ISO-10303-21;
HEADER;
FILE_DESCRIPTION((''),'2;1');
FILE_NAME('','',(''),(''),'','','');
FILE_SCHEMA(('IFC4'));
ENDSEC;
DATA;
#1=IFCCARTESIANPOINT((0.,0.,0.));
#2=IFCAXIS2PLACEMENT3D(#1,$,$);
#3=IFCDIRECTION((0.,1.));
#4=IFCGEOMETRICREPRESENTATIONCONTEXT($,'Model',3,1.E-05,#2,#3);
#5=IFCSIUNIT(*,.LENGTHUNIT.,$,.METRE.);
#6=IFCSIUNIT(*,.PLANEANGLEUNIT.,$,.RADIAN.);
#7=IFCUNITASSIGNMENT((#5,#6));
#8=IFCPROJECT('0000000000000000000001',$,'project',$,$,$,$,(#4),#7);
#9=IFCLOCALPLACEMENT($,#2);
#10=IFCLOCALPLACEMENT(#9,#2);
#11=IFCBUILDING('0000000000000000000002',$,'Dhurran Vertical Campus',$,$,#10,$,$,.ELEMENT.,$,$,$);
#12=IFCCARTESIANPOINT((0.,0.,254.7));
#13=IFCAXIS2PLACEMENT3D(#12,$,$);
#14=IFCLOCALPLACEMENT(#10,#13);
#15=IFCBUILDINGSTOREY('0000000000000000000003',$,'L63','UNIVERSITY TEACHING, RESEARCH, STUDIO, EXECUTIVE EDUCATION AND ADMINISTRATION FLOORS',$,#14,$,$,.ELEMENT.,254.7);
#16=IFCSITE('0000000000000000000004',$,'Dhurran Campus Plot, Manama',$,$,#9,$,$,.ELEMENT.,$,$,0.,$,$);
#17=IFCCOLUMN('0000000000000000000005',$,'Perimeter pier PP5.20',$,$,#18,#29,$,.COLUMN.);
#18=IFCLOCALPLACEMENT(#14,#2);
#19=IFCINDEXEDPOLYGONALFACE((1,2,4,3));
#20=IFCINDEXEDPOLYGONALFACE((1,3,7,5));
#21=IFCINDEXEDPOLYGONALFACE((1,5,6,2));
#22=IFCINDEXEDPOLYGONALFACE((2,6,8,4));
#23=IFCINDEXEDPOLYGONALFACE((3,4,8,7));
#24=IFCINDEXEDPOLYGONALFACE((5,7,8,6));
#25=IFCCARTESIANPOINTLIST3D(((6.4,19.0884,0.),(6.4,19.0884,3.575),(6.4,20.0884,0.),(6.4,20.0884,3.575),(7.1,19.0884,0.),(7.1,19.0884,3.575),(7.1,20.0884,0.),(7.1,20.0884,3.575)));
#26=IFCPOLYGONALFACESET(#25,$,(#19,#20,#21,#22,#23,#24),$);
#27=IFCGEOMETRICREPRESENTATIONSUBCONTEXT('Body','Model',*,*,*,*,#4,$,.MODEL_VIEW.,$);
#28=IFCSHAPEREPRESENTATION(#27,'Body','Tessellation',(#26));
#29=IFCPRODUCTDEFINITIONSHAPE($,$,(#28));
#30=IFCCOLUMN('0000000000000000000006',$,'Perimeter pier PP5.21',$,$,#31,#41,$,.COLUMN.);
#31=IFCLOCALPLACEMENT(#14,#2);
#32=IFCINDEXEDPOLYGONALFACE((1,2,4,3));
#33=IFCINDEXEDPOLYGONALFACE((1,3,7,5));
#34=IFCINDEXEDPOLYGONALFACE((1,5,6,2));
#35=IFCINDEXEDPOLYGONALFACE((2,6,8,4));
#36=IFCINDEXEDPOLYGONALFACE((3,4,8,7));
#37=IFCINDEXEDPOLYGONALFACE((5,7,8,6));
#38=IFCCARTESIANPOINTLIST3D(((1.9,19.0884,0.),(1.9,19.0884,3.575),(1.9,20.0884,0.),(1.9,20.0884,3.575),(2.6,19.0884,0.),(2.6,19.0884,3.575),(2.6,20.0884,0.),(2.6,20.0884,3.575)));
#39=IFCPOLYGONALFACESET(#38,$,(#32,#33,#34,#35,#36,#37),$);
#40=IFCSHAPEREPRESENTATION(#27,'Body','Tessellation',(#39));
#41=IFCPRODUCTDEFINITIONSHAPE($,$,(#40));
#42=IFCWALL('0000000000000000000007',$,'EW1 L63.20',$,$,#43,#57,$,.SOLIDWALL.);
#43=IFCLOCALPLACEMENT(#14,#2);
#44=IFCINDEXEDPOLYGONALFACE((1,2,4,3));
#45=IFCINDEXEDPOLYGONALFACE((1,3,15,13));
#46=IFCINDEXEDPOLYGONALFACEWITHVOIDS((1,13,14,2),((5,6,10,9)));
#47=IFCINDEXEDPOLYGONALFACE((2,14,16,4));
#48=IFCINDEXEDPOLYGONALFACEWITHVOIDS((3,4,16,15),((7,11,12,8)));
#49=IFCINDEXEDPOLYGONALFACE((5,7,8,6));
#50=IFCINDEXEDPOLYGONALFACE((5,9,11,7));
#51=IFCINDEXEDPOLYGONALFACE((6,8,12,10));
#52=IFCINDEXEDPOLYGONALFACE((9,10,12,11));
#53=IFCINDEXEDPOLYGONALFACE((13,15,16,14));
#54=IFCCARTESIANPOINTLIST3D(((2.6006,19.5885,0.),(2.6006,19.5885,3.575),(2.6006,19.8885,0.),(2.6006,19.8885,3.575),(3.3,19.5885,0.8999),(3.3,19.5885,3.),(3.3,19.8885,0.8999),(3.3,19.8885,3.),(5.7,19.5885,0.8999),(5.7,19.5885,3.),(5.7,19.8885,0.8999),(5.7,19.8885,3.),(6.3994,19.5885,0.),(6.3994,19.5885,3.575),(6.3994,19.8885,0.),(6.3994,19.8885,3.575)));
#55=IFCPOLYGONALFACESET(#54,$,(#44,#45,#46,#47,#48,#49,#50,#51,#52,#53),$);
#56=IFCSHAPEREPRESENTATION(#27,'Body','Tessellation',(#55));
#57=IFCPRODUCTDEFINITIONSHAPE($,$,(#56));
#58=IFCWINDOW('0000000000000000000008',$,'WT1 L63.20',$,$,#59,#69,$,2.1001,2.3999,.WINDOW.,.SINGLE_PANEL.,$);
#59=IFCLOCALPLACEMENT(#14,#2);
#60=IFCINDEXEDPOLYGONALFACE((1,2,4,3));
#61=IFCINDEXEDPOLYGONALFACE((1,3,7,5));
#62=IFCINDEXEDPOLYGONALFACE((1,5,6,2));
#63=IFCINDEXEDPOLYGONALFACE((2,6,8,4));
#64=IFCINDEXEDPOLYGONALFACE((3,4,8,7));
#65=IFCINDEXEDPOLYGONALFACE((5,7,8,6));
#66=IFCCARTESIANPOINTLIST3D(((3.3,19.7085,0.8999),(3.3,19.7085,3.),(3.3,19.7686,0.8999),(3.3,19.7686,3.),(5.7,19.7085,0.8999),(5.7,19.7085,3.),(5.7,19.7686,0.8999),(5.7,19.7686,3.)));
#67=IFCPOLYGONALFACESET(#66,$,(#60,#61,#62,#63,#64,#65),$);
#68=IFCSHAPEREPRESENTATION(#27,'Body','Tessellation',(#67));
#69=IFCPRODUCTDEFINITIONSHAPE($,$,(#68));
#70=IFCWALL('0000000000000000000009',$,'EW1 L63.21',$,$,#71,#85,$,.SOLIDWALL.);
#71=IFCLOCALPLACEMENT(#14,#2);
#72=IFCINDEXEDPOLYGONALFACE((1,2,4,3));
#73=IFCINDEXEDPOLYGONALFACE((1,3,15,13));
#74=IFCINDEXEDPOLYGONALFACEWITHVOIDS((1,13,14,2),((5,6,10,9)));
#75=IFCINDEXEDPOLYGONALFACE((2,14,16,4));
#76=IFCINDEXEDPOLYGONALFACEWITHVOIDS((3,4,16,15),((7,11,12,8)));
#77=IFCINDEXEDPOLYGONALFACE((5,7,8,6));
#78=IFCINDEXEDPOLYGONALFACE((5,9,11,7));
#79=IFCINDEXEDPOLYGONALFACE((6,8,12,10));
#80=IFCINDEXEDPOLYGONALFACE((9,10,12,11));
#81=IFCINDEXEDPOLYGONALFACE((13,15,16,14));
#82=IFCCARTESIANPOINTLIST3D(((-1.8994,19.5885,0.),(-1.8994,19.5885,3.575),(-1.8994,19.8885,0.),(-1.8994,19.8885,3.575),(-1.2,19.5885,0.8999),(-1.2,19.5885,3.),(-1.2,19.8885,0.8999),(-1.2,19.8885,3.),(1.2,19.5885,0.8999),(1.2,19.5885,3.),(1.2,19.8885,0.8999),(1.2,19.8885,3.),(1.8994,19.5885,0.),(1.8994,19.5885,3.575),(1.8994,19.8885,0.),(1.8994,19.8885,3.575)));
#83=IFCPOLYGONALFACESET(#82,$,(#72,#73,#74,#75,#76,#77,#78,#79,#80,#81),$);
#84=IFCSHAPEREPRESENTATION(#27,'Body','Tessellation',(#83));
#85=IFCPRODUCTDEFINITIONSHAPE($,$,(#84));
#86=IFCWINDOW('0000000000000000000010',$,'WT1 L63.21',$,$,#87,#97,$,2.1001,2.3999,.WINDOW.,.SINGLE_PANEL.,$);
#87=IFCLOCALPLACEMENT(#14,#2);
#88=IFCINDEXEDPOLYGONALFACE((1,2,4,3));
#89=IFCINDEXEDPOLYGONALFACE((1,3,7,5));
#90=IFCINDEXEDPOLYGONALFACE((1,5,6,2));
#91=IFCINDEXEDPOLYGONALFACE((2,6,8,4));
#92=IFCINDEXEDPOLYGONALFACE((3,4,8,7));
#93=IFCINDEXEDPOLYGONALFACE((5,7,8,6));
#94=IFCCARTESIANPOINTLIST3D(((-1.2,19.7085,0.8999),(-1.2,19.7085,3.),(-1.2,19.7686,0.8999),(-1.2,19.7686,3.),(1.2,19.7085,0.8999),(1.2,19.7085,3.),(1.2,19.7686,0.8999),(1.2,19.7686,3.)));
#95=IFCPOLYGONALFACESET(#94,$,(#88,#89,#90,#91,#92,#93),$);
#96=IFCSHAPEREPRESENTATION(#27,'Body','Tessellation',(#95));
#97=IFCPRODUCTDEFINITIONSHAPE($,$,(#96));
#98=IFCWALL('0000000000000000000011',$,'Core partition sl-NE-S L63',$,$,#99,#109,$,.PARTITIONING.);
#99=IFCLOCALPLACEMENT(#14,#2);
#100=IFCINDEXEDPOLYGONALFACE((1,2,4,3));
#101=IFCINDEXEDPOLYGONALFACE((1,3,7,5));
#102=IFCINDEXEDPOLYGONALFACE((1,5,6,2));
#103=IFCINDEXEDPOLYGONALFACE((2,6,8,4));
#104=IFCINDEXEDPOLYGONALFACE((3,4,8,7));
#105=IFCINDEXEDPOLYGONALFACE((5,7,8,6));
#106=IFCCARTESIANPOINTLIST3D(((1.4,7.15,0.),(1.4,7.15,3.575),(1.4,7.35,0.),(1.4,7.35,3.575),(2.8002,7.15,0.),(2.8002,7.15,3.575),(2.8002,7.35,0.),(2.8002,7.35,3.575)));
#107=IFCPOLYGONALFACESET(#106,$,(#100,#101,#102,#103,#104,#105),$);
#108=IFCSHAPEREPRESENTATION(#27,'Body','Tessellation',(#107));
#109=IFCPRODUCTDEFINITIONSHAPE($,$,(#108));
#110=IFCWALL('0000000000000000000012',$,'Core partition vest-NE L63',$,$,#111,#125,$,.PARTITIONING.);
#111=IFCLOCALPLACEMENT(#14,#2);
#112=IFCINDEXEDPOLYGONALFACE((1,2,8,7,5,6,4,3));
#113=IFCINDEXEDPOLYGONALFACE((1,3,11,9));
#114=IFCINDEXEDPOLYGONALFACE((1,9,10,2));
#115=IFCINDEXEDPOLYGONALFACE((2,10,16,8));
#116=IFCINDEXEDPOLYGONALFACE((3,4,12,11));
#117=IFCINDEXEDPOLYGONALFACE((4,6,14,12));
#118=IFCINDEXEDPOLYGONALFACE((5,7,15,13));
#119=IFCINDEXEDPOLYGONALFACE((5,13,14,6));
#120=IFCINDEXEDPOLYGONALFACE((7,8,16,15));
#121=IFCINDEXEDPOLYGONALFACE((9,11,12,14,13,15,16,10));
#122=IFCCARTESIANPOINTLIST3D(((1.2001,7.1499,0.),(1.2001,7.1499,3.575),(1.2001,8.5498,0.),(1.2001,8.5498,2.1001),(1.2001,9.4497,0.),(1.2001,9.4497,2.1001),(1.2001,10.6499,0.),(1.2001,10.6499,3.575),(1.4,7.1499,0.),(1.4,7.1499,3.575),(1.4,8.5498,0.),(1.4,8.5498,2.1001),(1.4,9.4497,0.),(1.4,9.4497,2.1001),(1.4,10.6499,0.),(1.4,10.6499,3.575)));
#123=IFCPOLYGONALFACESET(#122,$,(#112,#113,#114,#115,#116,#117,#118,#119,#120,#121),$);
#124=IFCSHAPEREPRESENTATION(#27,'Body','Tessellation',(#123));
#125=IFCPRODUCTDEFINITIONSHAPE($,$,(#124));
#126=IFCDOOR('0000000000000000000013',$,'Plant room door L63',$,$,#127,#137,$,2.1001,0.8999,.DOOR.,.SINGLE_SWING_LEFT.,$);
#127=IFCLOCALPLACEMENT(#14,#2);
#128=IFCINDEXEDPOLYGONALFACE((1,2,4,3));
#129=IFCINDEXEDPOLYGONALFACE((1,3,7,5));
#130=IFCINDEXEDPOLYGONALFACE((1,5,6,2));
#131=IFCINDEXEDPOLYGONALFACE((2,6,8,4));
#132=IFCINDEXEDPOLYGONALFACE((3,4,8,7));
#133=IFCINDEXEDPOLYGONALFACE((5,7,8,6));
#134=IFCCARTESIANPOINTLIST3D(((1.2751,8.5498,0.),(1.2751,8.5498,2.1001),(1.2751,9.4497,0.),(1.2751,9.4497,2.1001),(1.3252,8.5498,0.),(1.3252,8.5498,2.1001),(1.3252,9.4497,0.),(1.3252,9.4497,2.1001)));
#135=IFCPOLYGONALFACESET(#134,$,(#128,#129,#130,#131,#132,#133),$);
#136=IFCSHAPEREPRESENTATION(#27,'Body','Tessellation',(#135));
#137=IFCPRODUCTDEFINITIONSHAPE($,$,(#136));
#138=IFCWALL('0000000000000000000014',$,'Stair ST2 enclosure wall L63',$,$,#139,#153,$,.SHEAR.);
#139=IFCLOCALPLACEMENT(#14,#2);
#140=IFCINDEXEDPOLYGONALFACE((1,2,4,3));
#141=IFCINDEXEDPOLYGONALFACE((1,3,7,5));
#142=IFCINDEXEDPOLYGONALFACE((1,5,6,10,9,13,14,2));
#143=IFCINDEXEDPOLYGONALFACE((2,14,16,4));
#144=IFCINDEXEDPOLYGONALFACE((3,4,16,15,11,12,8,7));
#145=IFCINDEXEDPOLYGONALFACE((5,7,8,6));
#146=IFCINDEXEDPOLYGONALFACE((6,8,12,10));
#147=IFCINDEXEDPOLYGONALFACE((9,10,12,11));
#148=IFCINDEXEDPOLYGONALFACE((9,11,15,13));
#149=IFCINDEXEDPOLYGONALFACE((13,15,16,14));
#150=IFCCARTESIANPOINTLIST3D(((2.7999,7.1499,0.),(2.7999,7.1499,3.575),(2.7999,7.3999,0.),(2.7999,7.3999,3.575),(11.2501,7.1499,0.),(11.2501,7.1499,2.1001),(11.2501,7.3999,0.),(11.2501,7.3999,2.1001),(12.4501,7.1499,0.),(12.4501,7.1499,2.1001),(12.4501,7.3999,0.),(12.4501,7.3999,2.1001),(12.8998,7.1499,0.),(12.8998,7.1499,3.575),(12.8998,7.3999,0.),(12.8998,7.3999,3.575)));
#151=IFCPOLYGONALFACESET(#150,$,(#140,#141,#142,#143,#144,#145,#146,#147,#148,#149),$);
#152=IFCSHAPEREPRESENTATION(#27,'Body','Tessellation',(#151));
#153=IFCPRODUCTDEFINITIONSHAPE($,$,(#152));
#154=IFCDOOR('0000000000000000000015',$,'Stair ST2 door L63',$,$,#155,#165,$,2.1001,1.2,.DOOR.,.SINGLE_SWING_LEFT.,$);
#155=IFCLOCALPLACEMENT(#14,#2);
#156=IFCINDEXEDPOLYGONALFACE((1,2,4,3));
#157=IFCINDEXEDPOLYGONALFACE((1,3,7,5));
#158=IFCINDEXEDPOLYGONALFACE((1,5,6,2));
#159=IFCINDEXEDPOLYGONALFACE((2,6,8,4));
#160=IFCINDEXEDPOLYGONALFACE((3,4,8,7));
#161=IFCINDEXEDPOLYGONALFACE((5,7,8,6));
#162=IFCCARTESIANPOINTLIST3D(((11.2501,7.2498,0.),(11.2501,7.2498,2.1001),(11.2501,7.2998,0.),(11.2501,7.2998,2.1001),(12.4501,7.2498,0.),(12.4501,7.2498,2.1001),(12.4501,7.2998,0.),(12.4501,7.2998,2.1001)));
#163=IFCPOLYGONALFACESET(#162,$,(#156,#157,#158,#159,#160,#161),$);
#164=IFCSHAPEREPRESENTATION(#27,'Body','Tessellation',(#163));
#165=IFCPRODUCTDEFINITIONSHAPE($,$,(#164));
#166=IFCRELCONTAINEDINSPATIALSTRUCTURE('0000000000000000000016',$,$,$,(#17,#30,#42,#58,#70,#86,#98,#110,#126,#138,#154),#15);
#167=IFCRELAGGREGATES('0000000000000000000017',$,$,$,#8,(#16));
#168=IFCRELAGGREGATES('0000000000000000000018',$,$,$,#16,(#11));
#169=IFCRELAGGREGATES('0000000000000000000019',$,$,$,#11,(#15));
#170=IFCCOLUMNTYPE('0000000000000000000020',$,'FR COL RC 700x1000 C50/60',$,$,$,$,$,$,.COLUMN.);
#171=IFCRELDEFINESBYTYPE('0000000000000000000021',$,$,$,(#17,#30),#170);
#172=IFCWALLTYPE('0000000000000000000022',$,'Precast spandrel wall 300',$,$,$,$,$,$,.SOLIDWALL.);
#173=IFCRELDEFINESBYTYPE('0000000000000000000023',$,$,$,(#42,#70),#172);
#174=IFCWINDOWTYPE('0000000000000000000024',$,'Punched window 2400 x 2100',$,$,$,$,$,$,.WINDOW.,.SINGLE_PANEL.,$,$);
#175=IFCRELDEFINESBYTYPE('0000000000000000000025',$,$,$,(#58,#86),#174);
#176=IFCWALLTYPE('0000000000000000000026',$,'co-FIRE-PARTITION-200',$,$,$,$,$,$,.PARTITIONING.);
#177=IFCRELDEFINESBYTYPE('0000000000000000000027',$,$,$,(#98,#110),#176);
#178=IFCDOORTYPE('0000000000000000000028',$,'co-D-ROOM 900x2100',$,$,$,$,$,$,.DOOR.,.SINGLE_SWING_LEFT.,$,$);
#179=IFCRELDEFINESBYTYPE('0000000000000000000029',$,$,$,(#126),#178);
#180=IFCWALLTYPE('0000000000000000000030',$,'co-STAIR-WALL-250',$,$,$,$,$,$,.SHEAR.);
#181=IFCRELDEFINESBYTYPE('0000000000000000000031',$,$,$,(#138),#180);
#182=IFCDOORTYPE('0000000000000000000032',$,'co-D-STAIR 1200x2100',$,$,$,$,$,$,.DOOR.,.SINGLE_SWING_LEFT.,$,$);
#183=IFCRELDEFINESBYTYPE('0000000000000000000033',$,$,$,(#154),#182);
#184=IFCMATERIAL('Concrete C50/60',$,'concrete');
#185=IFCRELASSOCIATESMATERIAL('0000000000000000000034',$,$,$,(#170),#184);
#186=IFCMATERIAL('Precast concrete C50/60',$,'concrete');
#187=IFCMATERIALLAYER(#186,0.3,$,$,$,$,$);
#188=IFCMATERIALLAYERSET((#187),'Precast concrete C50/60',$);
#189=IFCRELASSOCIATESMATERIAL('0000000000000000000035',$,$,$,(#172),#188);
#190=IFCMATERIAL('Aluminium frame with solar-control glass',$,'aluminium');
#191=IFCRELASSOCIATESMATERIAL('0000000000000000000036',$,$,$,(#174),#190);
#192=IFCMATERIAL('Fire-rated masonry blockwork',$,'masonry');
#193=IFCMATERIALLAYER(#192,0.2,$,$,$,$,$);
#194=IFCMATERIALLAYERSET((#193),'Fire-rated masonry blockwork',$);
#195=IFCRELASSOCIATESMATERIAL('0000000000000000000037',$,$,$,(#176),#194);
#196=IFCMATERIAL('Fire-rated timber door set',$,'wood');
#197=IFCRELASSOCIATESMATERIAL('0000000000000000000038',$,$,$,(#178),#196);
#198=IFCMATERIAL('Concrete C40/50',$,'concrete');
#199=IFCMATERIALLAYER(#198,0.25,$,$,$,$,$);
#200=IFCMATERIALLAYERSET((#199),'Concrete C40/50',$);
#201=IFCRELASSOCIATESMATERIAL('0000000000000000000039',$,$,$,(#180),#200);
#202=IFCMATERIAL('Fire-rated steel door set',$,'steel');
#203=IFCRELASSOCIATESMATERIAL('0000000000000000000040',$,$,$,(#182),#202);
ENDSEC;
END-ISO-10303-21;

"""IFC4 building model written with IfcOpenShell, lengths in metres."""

from ifc_helpers import new_model, si_unit, direction, frame, frame_2d, origin, origin_2d, place, context, subcontext, project, spatial, rectangle, extrude, material, layer, layer_set, material_profile, profile_set, type_object, element, fill, save


model = new_model("IFC4")

# Units and contexts
model_context = context("Model", 3, precision=1e-05, world=origin(), true_north=direction((0.0, 1.0)))
body_context = subcontext(model_context, "Body", "Model", "MODEL_VIEW")
ifc_project = project(units=[si_unit("LENGTHUNIT", "METRE"), si_unit("PLANEANGLEUNIT", "RADIAN")], contexts=[model_context])

# Site, building, storey
site_placement = place(None, origin())
site = spatial("IfcSite", under=ifc_project, at=site_placement, Name="Dhurran Campus Plot, Manama", CompositionType="ELEMENT", RefElevation=0.0)
building_placement = place(site_placement, origin())
building = spatial("IfcBuilding", under=site, at=building_placement, Name="Dhurran Vertical Campus", CompositionType="ELEMENT")
storey_placement = place(building_placement, frame((0.0, 0.0, 254.7)))
storey = spatial("IfcBuildingStorey", under=building, at=storey_placement, Name="L63", Description="UNIVERSITY TEACHING, RESEARCH, STUDIO, EXECUTIVE EDUCATION AND ADMINISTRATION FLOORS", CompositionType="ELEMENT", Elevation=254.7)

# Columns
ifc_material_1 = material(Name="Concrete C50/60", Category="concrete")
ifc_material_profile = material_profile(ifc_material_1, rectangle(XDim=0.7, YDim=1.0, at=origin_2d()), Name="RC 700x1000")
ifc_profile_set = profile_set([ifc_material_profile], Name="Concrete C50/60")
column_type = type_object("IfcColumnType", Name="FR COL RC 700x1000 C50/60", PredefinedType="COLUMN", material=ifc_profile_set)
for number, where, z_axis, x_axis, name in (
    (1, (6.75, 19.5884, 0.0), (0.0, 0.0, 1.0), (-1.0, 0.0, 0.0), "Perimeter pier PP5.20"),
    (2, (2.25, 19.5884, 0.0), (0.0, 0.0, 1.0), (-1.0, 0.0, 0.0), "Perimeter pier PP5.21"),
):
    element("IfcColumn", number, at=place(storey_placement, frame(where, z_axis=z_axis, x_axis=x_axis)), inside=storey, type_object=column_type, Name=name, PredefinedType="COLUMN", context=body_context, shape_type="SweptSolid", body=[
        extrude(rectangle(XDim=0.7, YDim=1.0, at=origin_2d()), origin(), (0.0, 0.0, 1.0), 3.575),
    ])

# Walls, openings, windows
ifc_material_2 = material(Name="Precast concrete C50/60", Category="concrete")
ifc_layer_1 = layer(ifc_material_2, 0.3)
ifc_layer_set_1 = layer_set([ifc_layer_1], Name="Precast concrete C50/60")
wall_type_1 = type_object("IfcWallType", Name="Precast spandrel wall 300", PredefinedType="SOLIDWALL", material=ifc_layer_set_1)
wall_1_placement = place(storey_placement, frame((6.3994, 19.7385, 0.0), z_axis=(0.0, 0.0, 1.0), x_axis=(-1.0, 0.0, 0.0)))
wall_1 = element("IfcWall", 3, at=wall_1_placement, inside=storey, type_object=wall_type_1, Name="EW1 L63.20", PredefinedType="SOLIDWALL", context=body_context, shape_type="SweptSolid", body=[
    extrude(rectangle(XDim=3.7988, YDim=0.3, at=frame_2d((1.8994, 0.0))), origin(), (0.0, 0.0, 1.0), 3.575),
])
opening_1_placement = place(wall_1_placement, frame((0.6995, 0.0, 0.8999)))
opening_1 = element("IfcOpeningElement", 4, at=opening_1_placement, cuts=wall_1, PredefinedType="OPENING", context=body_context, shape_type="SweptSolid", body=[
    extrude(rectangle(XDim=2.3999, YDim=2.1001, at=frame_2d((1.2, 1.05))), frame((0.0, 0.1599, 0.0), z_axis=(0.0, -1.0, 0.0), x_axis=(1.0, 0.0, 0.0)), (0.0, 0.0, 1.0), 0.3201),
])
ifc_material_3 = material(Name="Aluminium frame with solar-control glass", Category="aluminium")
window_type = type_object("IfcWindowType", Name="Punched window 2400 x 2100", PartitioningType="SINGLE_PANEL", PredefinedType="WINDOW", material=ifc_material_3)
window_1_placement = place(opening_1_placement, origin())
window_1 = element("IfcWindow", 5, at=window_1_placement, inside=storey, type_object=window_type, Name="WT1 L63.20", OverallHeight=2.1001, OverallWidth=2.3999, PartitioningType="SINGLE_PANEL", PredefinedType="WINDOW", context=body_context, shape_type="SweptSolid", body=[
    extrude(rectangle(XDim=2.3999, YDim=2.1001, at=frame_2d((1.2, 1.05))), frame((0.0, 0.03, 0.0), z_axis=(0.0, -1.0, 0.0), x_axis=(1.0, 0.0, 0.0)), (0.0, 0.0, 1.0), 0.0601),
])
fill(opening_1, window_1)
wall_2_placement = place(storey_placement, frame((1.8994, 19.7385, 0.0), z_axis=(0.0, 0.0, 1.0), x_axis=(-1.0, 0.0, 0.0)))
wall_2 = element("IfcWall", 6, at=wall_2_placement, inside=storey, type_object=wall_type_1, Name="EW1 L63.21", PredefinedType="SOLIDWALL", context=body_context, shape_type="SweptSolid", body=[
    extrude(rectangle(XDim=3.7988, YDim=0.3, at=frame_2d((1.8994, 0.0))), origin(), (0.0, 0.0, 1.0), 3.575),
])
opening_2_placement = place(wall_2_placement, frame((0.6995, 0.0, 0.8999)))
opening_2 = element("IfcOpeningElement", 7, at=opening_2_placement, cuts=wall_2, PredefinedType="OPENING", context=body_context, shape_type="SweptSolid", body=[
    extrude(rectangle(XDim=2.3999, YDim=2.1001, at=frame_2d((1.2, 1.05))), frame((0.0, 0.1599, 0.0), z_axis=(0.0, -1.0, 0.0), x_axis=(1.0, 0.0, 0.0)), (0.0, 0.0, 1.0), 0.3201),
])
window_2_placement = place(opening_2_placement, origin())
window_2 = element("IfcWindow", 8, at=window_2_placement, inside=storey, type_object=window_type, Name="WT1 L63.21", OverallHeight=2.1001, OverallWidth=2.3999, PartitioningType="SINGLE_PANEL", PredefinedType="WINDOW", context=body_context, shape_type="SweptSolid", body=[
    extrude(rectangle(XDim=2.3999, YDim=2.1001, at=frame_2d((1.2, 1.05))), frame((0.0, 0.03, 0.0), z_axis=(0.0, -1.0, 0.0), x_axis=(1.0, 0.0, 0.0)), (0.0, 0.0, 1.0), 0.0601),
])
fill(opening_2, window_2)

# Wall
ifc_material_4 = material(Name="Fire-rated masonry blockwork", Category="masonry")
ifc_layer_2 = layer(ifc_material_4, 0.2)
ifc_layer_set_2 = layer_set([ifc_layer_2], Name="Fire-rated masonry blockwork")
wall_type_2 = type_object("IfcWallType", Name="co-FIRE-PARTITION-200", PredefinedType="PARTITIONING", material=ifc_layer_set_2)
wall_3_placement = place(storey_placement, frame((1.3999, 7.25, 0.0), z_axis=(0.0, 0.0, 1.0), x_axis=(1.0, 0.0, 0.0)))
element("IfcWall", 9, at=wall_3_placement, inside=storey, type_object=wall_type_2, Name="Core partition sl-NE-S L63", PredefinedType="PARTITIONING", context=body_context, shape_type="SweptSolid", body=[
    extrude(rectangle(XDim=1.4001, YDim=0.2, at=frame_2d((0.7002, 0.0))), origin(), (0.0, 0.0, 1.0), 3.575),
])

# Walls, openings, doors
wall_4_placement = place(storey_placement, frame((1.3, 7.1499, 0.0), z_axis=(0.0, 0.0, 1.0), x_axis=(0.0, 1.0, 0.0)))
wall_4 = element("IfcWall", 10, at=wall_4_placement, inside=storey, type_object=wall_type_2, Name="Core partition vest-NE L63", PredefinedType="PARTITIONING", context=body_context, shape_type="SweptSolid", body=[
    extrude(rectangle(XDim=3.5, YDim=0.2, at=frame_2d((1.75, 0.0))), origin(), (0.0, 0.0, 1.0), 3.575),
])
opening_3_placement = place(wall_4_placement, frame((1.3999, 0.0, 0.0)))
opening_3 = element("IfcOpeningElement", 11, at=opening_3_placement, cuts=wall_4, PredefinedType="OPENING", context=body_context, shape_type="SweptSolid", body=[
    extrude(rectangle(XDim=0.8999, YDim=2.1001, at=frame_2d((0.45, 1.05))), frame((0.0, 0.1099, 0.0), z_axis=(0.0, -1.0, 0.0), x_axis=(1.0, 0.0, 0.0)), (0.0, 0.0, 1.0), 0.22),
])
ifc_material_5 = material(Name="Fire-rated timber door set", Category="wood")
door_type_1 = type_object("IfcDoorType", Name="co-D-ROOM 900x2100", OperationType="SINGLE_SWING_LEFT", PredefinedType="DOOR", material=ifc_material_5)
door_1_placement = place(opening_3_placement, origin())
door_1 = element("IfcDoor", 12, at=door_1_placement, inside=storey, type_object=door_type_1, Name="Plant room door L63", OperationType="SINGLE_SWING_LEFT", OverallHeight=2.1001, OverallWidth=0.8999, PredefinedType="DOOR", context=body_context, shape_type="SweptSolid", body=[
    extrude(rectangle(XDim=0.8999, YDim=2.1001, at=frame_2d((0.45, 1.05))), frame((0.0, 0.0249, 0.0), z_axis=(0.0, -1.0, 0.0), x_axis=(1.0, 0.0, 0.0)), (0.0, 0.0, 1.0), 0.05),
])
fill(opening_3, door_1)
ifc_material_6 = material(Name="Concrete C40/50", Category="concrete")
ifc_layer_3 = layer(ifc_material_6, 0.25)
ifc_layer_set_3 = layer_set([ifc_layer_3], Name="Concrete C40/50")
wall_type_3 = type_object("IfcWallType", Name="co-STAIR-WALL-250", PredefinedType="SHEAR", material=ifc_layer_set_3)
wall_5_placement = place(storey_placement, frame((2.8, 7.2749, 0.0), z_axis=(0.0, 0.0, 1.0), x_axis=(1.0, 0.0, 0.0)))
wall_5 = element("IfcWall", 13, at=wall_5_placement, inside=storey, type_object=wall_type_3, Name="Stair ST2 enclosure wall L63", PredefinedType="SHEAR", context=body_context, shape_type="SweptSolid", body=[
    extrude(rectangle(XDim=10.0999, YDim=0.25, at=frame_2d((5.0498, 0.0))), origin(), (0.0, 0.0, 1.0), 3.575),
])
opening_4_placement = place(wall_5_placement, frame((8.45, 0.0, 0.0)))
opening_4 = element("IfcOpeningElement", 14, at=opening_4_placement, cuts=wall_5, PredefinedType="OPENING", context=body_context, shape_type="SweptSolid", body=[
    extrude(rectangle(XDim=1.2, YDim=2.1001, at=frame_2d((0.6001, 1.05))), frame((0.0, 0.135, 0.0), z_axis=(0.0, -1.0, 0.0), x_axis=(1.0, 0.0, 0.0)), (0.0, 0.0, 1.0), 0.27),
])
ifc_material_7 = material(Name="Fire-rated steel door set", Category="steel")
door_type_2 = type_object("IfcDoorType", Name="co-D-STAIR 1200x2100", OperationType="SINGLE_SWING_LEFT", PredefinedType="DOOR", material=ifc_material_7)
door_2_placement = place(opening_4_placement, origin())
door_2 = element("IfcDoor", 15, at=door_2_placement, inside=storey, type_object=door_type_2, Name="Stair ST2 door L63", OperationType="SINGLE_SWING_LEFT", OverallHeight=2.1001, OverallWidth=1.2, PredefinedType="DOOR", context=body_context, shape_type="SweptSolid", body=[
    extrude(rectangle(XDim=1.2, YDim=2.1001, at=frame_2d((0.6001, 1.05))), frame((0.0, 0.0249, 0.0), z_axis=(0.0, -1.0, 0.0), x_axis=(1.0, 0.0, 0.0)), (0.0, 0.0, 1.0), 0.05),
])
fill(opening_4, door_2)

save(model, "model.ifc")
